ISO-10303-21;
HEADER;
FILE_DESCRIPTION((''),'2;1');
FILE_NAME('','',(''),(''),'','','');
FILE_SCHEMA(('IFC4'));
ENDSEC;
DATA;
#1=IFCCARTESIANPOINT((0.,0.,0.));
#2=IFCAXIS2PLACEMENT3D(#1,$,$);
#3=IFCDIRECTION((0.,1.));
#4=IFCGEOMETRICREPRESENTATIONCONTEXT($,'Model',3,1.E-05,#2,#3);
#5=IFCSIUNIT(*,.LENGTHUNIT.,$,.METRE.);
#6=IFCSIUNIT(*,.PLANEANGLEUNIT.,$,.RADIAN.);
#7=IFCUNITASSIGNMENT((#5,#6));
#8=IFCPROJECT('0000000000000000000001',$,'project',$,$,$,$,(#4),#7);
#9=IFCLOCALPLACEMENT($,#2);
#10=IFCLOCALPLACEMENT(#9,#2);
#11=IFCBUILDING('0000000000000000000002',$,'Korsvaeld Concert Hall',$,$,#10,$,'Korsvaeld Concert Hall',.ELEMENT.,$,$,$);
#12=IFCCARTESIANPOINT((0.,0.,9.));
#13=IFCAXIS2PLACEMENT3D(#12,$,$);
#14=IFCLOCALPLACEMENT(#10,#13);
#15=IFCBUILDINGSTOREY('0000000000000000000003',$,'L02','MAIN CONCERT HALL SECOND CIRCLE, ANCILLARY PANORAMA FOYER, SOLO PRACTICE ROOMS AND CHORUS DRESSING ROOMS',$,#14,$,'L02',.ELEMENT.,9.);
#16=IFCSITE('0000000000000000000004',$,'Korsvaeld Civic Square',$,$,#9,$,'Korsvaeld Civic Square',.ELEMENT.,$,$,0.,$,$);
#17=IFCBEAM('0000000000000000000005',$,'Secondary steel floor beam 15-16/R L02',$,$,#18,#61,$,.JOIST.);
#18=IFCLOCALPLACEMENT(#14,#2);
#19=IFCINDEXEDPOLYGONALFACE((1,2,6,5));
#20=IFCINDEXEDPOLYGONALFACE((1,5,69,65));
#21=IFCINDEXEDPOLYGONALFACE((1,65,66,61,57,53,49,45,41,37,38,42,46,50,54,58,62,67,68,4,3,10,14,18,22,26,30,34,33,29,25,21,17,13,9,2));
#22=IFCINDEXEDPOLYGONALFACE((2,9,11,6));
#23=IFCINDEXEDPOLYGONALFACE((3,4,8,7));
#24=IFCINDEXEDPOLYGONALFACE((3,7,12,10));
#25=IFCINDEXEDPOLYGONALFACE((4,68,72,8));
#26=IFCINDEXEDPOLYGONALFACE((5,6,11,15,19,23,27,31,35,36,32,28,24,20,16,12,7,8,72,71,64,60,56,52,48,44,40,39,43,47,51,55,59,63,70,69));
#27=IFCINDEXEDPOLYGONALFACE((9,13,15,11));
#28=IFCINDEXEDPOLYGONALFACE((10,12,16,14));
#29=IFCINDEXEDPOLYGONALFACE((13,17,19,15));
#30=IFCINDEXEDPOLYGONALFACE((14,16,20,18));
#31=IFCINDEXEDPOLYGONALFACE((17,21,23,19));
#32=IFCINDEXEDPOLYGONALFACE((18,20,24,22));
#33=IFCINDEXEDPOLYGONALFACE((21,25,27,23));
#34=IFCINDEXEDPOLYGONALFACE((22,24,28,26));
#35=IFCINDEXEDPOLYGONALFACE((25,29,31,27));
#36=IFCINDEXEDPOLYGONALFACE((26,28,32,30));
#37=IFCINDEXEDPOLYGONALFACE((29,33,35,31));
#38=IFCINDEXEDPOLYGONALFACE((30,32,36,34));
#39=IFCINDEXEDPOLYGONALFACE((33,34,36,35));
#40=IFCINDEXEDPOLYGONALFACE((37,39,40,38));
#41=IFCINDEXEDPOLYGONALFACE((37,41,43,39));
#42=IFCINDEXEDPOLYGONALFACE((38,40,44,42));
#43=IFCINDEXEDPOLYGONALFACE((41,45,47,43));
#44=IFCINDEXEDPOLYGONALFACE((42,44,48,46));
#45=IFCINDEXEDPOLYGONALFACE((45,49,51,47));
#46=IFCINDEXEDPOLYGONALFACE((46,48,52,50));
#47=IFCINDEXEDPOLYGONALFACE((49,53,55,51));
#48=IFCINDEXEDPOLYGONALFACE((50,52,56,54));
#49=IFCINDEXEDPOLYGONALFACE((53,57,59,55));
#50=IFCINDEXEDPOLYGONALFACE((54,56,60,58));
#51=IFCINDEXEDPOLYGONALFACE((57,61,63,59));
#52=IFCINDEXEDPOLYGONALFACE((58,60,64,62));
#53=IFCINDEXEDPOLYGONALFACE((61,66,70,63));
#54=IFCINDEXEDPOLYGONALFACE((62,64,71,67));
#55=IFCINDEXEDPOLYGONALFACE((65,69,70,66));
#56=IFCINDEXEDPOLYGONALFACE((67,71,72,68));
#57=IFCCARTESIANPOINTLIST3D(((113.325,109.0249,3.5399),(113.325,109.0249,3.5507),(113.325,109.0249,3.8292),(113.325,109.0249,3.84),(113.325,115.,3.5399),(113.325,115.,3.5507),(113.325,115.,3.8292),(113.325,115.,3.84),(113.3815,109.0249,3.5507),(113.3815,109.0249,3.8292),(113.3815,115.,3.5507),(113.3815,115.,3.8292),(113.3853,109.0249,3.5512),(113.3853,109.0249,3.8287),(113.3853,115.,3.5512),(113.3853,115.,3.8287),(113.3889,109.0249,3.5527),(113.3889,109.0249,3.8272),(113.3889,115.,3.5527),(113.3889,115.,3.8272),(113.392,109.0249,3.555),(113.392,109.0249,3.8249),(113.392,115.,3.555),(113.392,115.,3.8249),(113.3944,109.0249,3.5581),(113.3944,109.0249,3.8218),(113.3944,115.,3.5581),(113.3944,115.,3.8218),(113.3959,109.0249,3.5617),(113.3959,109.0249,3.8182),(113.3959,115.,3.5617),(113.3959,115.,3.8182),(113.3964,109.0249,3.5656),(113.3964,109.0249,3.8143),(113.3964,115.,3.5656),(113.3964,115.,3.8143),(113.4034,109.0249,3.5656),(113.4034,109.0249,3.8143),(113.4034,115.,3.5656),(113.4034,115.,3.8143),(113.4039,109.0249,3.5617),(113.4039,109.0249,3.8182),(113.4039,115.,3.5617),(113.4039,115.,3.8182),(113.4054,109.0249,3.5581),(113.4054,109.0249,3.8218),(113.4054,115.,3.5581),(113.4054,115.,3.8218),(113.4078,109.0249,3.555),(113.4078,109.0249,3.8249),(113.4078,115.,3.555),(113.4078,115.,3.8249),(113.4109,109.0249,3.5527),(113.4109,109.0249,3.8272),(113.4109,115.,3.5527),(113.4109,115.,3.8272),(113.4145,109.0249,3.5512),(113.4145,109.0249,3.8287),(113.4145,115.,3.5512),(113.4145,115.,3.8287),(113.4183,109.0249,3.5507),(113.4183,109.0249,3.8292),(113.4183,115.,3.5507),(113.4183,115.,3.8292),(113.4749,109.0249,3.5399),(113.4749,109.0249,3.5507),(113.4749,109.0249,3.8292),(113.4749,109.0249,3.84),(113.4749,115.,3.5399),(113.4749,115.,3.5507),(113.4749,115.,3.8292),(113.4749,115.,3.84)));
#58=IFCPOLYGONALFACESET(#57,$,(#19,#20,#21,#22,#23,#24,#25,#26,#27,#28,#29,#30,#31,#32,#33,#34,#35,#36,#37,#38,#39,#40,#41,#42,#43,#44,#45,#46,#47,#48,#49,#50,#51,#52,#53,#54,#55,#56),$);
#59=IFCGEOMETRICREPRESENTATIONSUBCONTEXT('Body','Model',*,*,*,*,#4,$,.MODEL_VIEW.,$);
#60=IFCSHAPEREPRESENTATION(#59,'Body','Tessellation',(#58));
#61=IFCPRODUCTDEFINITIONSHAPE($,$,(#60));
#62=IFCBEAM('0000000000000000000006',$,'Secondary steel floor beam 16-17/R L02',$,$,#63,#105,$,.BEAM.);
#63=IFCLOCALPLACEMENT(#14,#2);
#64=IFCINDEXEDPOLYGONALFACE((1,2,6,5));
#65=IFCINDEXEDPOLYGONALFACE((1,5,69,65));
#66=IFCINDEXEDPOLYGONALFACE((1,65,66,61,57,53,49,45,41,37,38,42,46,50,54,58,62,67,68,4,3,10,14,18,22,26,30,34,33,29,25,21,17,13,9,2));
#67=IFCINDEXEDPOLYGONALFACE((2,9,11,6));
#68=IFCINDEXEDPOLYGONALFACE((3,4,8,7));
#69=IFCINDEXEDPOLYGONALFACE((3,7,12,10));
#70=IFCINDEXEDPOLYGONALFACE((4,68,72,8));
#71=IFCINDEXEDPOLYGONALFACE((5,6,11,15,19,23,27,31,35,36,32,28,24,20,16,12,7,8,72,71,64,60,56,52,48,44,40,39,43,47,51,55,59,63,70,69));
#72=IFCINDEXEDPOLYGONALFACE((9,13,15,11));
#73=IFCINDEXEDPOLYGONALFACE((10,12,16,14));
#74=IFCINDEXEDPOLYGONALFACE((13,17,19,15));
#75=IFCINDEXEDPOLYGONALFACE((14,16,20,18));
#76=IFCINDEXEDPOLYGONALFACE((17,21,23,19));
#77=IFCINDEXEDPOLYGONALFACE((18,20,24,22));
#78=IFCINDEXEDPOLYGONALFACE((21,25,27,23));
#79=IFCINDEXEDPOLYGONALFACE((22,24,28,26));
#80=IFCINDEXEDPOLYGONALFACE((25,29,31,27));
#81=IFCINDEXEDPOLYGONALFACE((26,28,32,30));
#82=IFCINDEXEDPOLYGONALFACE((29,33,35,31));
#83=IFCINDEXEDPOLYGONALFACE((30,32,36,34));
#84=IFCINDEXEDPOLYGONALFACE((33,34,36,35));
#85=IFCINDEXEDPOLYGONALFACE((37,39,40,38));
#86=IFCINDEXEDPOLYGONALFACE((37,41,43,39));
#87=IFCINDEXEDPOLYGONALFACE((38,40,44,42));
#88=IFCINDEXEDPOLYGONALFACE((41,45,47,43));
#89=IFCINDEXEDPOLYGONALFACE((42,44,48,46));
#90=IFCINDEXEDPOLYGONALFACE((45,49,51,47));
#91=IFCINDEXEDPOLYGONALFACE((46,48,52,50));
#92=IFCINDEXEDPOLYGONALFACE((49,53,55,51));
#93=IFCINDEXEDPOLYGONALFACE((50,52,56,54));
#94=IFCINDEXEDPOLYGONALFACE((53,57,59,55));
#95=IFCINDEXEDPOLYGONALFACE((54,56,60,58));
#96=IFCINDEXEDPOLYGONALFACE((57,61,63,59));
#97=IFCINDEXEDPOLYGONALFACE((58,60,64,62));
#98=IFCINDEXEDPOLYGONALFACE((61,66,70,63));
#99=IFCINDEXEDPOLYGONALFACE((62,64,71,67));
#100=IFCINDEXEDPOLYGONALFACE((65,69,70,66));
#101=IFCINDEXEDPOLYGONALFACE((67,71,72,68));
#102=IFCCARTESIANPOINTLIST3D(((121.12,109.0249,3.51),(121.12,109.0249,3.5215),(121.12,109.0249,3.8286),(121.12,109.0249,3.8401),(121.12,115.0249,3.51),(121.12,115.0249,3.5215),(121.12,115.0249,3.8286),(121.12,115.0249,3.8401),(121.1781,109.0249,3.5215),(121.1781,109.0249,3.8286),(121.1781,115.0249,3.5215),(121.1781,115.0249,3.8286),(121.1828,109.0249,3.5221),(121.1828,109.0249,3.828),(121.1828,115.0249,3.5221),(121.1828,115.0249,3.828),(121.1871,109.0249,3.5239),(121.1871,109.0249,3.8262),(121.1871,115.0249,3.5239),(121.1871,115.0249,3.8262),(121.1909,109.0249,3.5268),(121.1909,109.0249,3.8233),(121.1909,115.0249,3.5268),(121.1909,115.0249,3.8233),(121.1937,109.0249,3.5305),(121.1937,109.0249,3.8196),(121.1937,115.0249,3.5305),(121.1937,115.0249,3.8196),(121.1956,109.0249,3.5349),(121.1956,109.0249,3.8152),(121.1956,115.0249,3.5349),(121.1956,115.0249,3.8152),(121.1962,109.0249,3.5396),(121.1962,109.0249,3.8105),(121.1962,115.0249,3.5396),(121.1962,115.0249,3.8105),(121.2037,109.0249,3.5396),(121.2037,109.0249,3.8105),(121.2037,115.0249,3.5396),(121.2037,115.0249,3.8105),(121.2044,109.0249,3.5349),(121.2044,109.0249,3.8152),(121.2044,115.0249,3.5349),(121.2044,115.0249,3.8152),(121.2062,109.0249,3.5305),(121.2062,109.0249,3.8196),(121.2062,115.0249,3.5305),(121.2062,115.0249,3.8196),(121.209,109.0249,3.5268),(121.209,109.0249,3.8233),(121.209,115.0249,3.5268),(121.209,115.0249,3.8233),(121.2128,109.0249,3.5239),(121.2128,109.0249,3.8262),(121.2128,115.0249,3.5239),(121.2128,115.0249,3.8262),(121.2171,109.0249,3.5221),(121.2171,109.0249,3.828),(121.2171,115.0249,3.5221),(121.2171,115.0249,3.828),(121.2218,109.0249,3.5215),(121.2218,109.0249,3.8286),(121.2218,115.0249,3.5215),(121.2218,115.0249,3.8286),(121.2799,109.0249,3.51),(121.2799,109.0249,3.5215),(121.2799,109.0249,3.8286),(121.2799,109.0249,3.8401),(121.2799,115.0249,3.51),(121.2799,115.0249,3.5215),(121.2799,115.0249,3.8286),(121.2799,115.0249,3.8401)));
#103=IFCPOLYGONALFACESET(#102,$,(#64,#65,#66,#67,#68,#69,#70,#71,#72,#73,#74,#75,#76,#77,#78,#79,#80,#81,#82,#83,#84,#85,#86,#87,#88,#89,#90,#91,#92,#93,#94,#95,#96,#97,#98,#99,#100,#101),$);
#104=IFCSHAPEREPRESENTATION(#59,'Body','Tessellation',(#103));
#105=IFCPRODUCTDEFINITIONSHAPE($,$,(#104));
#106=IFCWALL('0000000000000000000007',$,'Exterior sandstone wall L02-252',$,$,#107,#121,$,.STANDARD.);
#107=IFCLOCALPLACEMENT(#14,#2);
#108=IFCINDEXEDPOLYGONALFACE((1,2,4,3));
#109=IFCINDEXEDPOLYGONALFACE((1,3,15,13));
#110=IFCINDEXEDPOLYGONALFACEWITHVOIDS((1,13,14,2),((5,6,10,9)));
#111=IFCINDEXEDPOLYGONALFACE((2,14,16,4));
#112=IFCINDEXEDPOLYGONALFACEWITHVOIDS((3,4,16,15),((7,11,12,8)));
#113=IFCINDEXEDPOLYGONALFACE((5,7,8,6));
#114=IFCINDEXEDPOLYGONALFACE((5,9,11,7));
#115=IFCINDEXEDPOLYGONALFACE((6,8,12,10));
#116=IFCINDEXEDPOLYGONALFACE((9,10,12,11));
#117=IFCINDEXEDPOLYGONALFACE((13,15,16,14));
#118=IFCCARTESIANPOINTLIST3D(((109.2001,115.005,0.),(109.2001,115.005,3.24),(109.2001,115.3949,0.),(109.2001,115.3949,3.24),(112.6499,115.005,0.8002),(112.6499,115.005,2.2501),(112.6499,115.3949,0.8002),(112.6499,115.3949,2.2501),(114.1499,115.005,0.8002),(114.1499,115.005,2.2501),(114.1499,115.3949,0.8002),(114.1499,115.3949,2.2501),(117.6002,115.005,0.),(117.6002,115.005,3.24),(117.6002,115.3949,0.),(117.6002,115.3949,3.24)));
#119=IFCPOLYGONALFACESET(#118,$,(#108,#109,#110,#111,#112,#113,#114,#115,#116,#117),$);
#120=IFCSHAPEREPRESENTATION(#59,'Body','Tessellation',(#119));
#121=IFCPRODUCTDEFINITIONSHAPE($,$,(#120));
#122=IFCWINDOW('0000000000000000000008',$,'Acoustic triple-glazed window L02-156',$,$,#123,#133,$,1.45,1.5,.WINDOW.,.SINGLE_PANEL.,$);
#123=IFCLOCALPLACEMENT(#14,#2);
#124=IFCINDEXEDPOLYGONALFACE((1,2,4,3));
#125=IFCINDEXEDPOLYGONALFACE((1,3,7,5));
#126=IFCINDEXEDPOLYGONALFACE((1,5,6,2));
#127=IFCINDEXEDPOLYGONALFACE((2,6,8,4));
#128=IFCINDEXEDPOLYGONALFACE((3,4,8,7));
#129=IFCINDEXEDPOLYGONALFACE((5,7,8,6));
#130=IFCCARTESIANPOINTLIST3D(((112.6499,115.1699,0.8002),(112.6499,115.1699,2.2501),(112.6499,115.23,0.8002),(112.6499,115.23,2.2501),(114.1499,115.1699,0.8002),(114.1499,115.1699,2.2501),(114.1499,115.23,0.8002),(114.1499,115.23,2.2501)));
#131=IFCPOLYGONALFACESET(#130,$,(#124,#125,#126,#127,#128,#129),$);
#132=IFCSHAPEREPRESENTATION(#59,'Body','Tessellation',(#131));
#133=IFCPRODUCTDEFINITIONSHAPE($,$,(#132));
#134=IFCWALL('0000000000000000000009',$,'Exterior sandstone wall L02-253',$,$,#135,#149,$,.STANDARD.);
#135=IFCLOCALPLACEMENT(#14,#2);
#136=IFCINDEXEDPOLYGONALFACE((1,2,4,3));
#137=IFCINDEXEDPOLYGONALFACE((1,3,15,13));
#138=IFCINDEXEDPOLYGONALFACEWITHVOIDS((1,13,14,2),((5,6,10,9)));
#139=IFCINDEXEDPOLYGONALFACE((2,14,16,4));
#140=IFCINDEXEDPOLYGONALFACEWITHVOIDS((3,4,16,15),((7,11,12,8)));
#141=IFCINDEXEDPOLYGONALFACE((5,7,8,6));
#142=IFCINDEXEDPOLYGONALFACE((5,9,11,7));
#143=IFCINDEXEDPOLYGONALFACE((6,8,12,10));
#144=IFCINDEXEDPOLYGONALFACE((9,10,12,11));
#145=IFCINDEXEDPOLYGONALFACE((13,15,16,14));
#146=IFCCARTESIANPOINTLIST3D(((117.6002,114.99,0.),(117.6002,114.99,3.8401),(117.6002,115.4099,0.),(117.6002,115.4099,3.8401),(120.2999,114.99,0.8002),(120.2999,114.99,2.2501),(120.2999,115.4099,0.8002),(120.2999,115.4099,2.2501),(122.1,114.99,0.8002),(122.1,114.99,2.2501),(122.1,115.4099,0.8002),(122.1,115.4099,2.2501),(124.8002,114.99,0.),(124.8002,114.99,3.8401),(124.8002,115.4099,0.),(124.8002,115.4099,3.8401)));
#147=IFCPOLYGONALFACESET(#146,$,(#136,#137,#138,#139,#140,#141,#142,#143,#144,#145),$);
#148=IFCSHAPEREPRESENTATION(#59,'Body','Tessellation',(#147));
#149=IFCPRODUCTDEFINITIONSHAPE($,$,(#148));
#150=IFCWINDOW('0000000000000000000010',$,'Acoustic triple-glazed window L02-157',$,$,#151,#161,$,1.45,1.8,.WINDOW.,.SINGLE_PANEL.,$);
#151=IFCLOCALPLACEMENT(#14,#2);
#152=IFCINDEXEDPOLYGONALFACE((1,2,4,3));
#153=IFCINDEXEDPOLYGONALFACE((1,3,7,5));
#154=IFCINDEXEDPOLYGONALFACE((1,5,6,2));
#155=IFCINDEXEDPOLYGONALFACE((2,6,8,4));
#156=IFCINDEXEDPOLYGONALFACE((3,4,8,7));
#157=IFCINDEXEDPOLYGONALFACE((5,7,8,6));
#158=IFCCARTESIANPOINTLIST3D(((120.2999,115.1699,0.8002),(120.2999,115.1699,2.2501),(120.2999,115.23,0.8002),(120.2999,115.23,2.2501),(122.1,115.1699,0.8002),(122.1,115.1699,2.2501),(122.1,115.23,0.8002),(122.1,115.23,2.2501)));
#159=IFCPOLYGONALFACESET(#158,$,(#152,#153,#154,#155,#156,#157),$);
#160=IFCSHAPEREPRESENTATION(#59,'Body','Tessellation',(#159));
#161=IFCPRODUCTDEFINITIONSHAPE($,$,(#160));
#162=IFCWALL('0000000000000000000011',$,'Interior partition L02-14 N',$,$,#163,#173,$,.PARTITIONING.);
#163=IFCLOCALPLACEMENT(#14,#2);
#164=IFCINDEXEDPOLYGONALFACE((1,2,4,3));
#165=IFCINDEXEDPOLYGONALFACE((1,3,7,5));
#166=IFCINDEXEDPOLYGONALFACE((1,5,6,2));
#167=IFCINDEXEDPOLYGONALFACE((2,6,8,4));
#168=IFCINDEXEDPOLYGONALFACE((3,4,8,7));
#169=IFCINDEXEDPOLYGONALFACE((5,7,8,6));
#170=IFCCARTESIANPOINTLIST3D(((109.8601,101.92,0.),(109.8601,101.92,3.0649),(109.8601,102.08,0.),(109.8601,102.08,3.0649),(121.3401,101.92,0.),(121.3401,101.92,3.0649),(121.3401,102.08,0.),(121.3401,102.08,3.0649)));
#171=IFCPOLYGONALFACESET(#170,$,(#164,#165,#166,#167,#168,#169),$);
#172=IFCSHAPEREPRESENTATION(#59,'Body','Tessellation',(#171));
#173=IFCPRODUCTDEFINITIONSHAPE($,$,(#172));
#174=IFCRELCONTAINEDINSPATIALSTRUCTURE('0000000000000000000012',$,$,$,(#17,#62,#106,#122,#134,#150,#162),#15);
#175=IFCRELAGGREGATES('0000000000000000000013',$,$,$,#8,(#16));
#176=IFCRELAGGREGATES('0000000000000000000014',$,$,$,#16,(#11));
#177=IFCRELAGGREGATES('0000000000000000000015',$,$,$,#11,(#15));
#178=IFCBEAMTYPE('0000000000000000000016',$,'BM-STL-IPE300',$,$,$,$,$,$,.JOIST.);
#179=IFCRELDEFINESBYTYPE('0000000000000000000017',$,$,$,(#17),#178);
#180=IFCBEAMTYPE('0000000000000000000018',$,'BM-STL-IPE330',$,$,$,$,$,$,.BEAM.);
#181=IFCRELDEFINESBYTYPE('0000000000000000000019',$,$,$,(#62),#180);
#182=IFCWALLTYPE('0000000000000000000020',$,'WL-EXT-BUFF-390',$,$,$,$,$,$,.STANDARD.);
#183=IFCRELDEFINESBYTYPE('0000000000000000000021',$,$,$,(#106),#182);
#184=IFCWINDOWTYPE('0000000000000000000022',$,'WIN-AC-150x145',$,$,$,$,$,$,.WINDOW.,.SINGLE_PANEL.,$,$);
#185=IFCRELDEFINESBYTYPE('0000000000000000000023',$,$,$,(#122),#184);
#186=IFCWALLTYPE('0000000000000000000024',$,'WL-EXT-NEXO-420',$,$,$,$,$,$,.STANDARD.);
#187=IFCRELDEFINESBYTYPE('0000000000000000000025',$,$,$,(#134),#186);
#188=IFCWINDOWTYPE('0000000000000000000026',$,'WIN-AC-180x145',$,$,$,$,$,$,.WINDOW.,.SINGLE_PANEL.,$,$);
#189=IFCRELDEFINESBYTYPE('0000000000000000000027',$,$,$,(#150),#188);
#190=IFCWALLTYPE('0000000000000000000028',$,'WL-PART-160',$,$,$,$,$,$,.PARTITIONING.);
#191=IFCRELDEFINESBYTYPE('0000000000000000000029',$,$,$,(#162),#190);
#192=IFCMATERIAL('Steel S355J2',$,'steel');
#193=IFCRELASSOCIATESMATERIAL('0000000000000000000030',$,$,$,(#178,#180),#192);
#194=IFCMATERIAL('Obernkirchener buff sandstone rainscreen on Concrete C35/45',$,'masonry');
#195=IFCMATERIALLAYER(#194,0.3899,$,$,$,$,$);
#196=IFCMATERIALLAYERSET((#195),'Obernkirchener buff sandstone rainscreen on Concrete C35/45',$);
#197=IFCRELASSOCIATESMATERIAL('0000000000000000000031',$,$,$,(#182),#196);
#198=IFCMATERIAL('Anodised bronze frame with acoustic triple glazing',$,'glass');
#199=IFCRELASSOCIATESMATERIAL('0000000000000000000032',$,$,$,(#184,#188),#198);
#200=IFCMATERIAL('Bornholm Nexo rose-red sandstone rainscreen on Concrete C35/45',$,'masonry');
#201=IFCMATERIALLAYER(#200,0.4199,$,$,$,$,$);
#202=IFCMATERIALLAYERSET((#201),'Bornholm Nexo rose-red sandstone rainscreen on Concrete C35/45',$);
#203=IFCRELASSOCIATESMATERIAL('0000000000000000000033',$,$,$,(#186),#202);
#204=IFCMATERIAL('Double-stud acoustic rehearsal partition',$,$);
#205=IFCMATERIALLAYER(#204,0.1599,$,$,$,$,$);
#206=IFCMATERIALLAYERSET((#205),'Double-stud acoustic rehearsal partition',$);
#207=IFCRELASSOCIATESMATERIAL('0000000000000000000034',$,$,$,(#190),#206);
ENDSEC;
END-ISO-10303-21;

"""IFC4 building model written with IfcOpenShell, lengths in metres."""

from ifc_helpers import new_model, si_unit, direction, frame, frame_2d, origin, origin_2d, place, context, subcontext, project, spatial, rectangle, i_section, extrude, material, layer, layer_set, material_profile, profile_set, type_object, element, fill, save


model = new_model("IFC4")

# Units and contexts
model_context = context("Model", 3, precision=1e-05, world=origin(), true_north=direction((0.0, 1.0)))
body_context = subcontext(model_context, "Body", "Model", "MODEL_VIEW")
ifc_project = project(units=[si_unit("LENGTHUNIT", "METRE"), si_unit("PLANEANGLEUNIT", "RADIAN")], contexts=[model_context])

# Site, building, storey
site_placement = place(None, origin())
site = spatial("IfcSite", under=ifc_project, at=site_placement, Name="Korsvaeld Civic Square", LongName="Korsvaeld Civic Square", CompositionType="ELEMENT", RefElevation=0.0)
building_placement = place(site_placement, origin())
building = spatial("IfcBuilding", under=site, at=building_placement, Name="Korsvaeld Concert Hall", LongName="Korsvaeld Concert Hall", CompositionType="ELEMENT")
storey_placement = place(building_placement, frame((0.0, 0.0, 9.0)))
storey = spatial("IfcBuildingStorey", under=building, at=storey_placement, Name="L02", Description="MAIN CONCERT HALL SECOND CIRCLE, ANCILLARY PANORAMA FOYER, SOLO PRACTICE ROOMS AND CHORUS DRESSING ROOMS", LongName="L02", CompositionType="ELEMENT", Elevation=9.0)

# Beams
ifc_material_1 = material(Name="Steel S355J2", Category="steel")
ifc_material_profile_1 = material_profile(ifc_material_1, i_section(OverallWidth=0.1499, OverallDepth=0.3, WebThickness=0.0071, FlangeThickness=0.0107, FilletRadius=0.0149, at=origin_2d()), Name="IPE 300")
ifc_profile_set_1 = profile_set([ifc_material_profile_1], Name="Steel S355J2")
beam_type_1 = type_object("IfcBeamType", Name="BM-STL-IPE300", PredefinedType="JOIST", material=ifc_profile_set_1)
beam_1_placement = place(storey_placement, frame((113.3999, 109.0249, 3.6899), z_axis=(0.0, 1.0, 0.0), x_axis=(-1.0, 0.0, 0.0)))
element("IfcBeam", 1, at=beam_1_placement, inside=storey, type_object=beam_type_1, Name="Secondary steel floor beam 15-16/R L02", PredefinedType="JOIST", context=body_context, shape_type="SweptSolid", body=[
    extrude(i_section(OverallWidth=0.1499, OverallDepth=0.3, WebThickness=0.0071, FlangeThickness=0.0107, FilletRadius=0.0149, at=origin_2d()), origin(), (0.0, 0.0, 1.0), 5.9751),
])
ifc_material_profile_2 = material_profile(ifc_material_1, i_section(OverallWidth=0.1599, OverallDepth=0.3301, WebThickness=0.0076, FlangeThickness=0.0115, FilletRadius=0.0181, at=origin_2d()), Name="IPE 330")
ifc_profile_set_2 = profile_set([ifc_material_profile_2], Name="Steel S355J2")
beam_type_2 = type_object("IfcBeamType", Name="BM-STL-IPE330", PredefinedType="BEAM", material=ifc_profile_set_2)
beam_2_placement = place(storey_placement, frame((121.2, 109.0249, 3.675), z_axis=(0.0, 1.0, 0.0), x_axis=(-1.0, 0.0, 0.0)))
element("IfcBeam", 2, at=beam_2_placement, inside=storey, type_object=beam_type_2, Name="Secondary steel floor beam 16-17/R L02", PredefinedType="BEAM", context=body_context, shape_type="SweptSolid", body=[
    extrude(i_section(OverallWidth=0.1599, OverallDepth=0.3301, WebThickness=0.0076, FlangeThickness=0.0115, FilletRadius=0.0181, at=origin_2d()), origin(), (0.0, 0.0, 1.0), 6.0),
])

# Walls, openings, windows
ifc_material_2 = material(Name="Obernkirchener buff sandstone rainscreen on Concrete C35/45", Category="masonry")
ifc_layer_1 = layer(ifc_material_2, 0.3899)
ifc_layer_set_1 = layer_set([ifc_layer_1], Name="Obernkirchener buff sandstone rainscreen on Concrete C35/45")
wall_type_1 = type_object("IfcWallType", Name="WL-EXT-BUFF-390", PredefinedType="STANDARD", material=ifc_layer_set_1)
wall_1_placement = place(storey_placement, frame((109.2, 115.2, 0.0), z_axis=(0.0, 0.0, 1.0), x_axis=(1.0, 0.0, 0.0)))
wall_1 = element("IfcWall", 3, at=wall_1_placement, inside=storey, type_object=wall_type_1, Name="Exterior sandstone wall L02-252", PredefinedType="STANDARD", context=body_context, shape_type="SweptSolid", body=[
    extrude(rectangle(XDim=8.4001, YDim=0.3899, at=frame_2d((4.2002, 0.0))), origin(), (0.0, 0.0, 1.0), 3.24),
])
opening_1_placement = place(wall_1_placement, frame((3.45, 0.0, 0.8)))
opening_1 = element("IfcOpeningElement", 4, at=opening_1_placement, cuts=wall_1, PredefinedType="OPENING", context=body_context, shape_type="SweptSolid", body=[
    extrude(rectangle(XDim=1.5, YDim=1.45, at=frame_2d((0.75, 0.7251))), frame((0.0, 0.2051, 0.0), z_axis=(0.0, -1.0, 0.0), x_axis=(1.0, 0.0, 0.0)), (0.0, 0.0, 1.0), 0.4099),
])
ifc_material_3 = material(Name="Anodised bronze frame with acoustic triple glazing", Category="glass")
window_type_1 = type_object("IfcWindowType", Name="WIN-AC-150x145", PartitioningType="SINGLE_PANEL", PredefinedType="WINDOW", material=ifc_material_3)
window_1_placement = place(opening_1_placement, origin())
window_1 = element("IfcWindow", 5, at=window_1_placement, inside=storey, type_object=window_type_1, Name="Acoustic triple-glazed window L02-156", OverallHeight=1.45, OverallWidth=1.5, PartitioningType="SINGLE_PANEL", PredefinedType="WINDOW", context=body_context, shape_type="SweptSolid", body=[
    extrude(rectangle(XDim=1.5, YDim=1.45, at=frame_2d((0.75, 0.7251))), frame((0.0, 0.03, 0.0), z_axis=(0.0, -1.0, 0.0), x_axis=(1.0, 0.0, 0.0)), (0.0, 0.0, 1.0), 0.0601),
])
fill(opening_1, window_1)
ifc_material_4 = material(Name="Bornholm Nexo rose-red sandstone rainscreen on Concrete C35/45", Category="masonry")
ifc_layer_2 = layer(ifc_material_4, 0.4199)
ifc_layer_set_2 = layer_set([ifc_layer_2], Name="Bornholm Nexo rose-red sandstone rainscreen on Concrete C35/45")
wall_type_2 = type_object("IfcWallType", Name="WL-EXT-NEXO-420", PredefinedType="STANDARD", material=ifc_layer_set_2)
wall_2_placement = place(storey_placement, frame((117.6001, 115.2, 0.0), z_axis=(0.0, 0.0, 1.0), x_axis=(1.0, 0.0, 0.0)))
wall_2 = element("IfcWall", 6, at=wall_2_placement, inside=storey, type_object=wall_type_2, Name="Exterior sandstone wall L02-253", PredefinedType="STANDARD", context=body_context, shape_type="SweptSolid", body=[
    extrude(rectangle(XDim=7.2, YDim=0.4199, at=frame_2d((3.6001, 0.0))), origin(), (0.0, 0.0, 1.0), 3.8401),
])
opening_2_placement = place(wall_2_placement, frame((2.7, 0.0, 0.8)))
opening_2 = element("IfcOpeningElement", 7, at=opening_2_placement, cuts=wall_2, PredefinedType="OPENING", context=body_context, shape_type="SweptSolid", body=[
    extrude(rectangle(XDim=1.8, YDim=1.45, at=frame_2d((0.8999, 0.7251))), frame((0.0, 0.22, 0.0), z_axis=(0.0, -1.0, 0.0), x_axis=(1.0, 0.0, 0.0)), (0.0, 0.0, 1.0), 0.4399),
])
window_type_2 = type_object("IfcWindowType", Name="WIN-AC-180x145", PartitioningType="SINGLE_PANEL", PredefinedType="WINDOW", material=ifc_material_3)
window_2_placement = place(opening_2_placement, origin())
window_2 = element("IfcWindow", 8, at=window_2_placement, inside=storey, type_object=window_type_2, Name="Acoustic triple-glazed window L02-157", OverallHeight=1.45, OverallWidth=1.8, PartitioningType="SINGLE_PANEL", PredefinedType="WINDOW", context=body_context, shape_type="SweptSolid", body=[
    extrude(rectangle(XDim=1.8, YDim=1.45, at=frame_2d((0.8999, 0.7251))), frame((0.0, 0.03, 0.0), z_axis=(0.0, -1.0, 0.0), x_axis=(1.0, 0.0, 0.0)), (0.0, 0.0, 1.0), 0.0601),
])
fill(opening_2, window_2)

# Wall
ifc_material_5 = material(Name="Double-stud acoustic rehearsal partition")
ifc_layer_3 = layer(ifc_material_5, 0.1599)
ifc_layer_set_3 = layer_set([ifc_layer_3], Name="Double-stud acoustic rehearsal partition")
wall_type_3 = type_object("IfcWallType", Name="WL-PART-160", PredefinedType="PARTITIONING", material=ifc_layer_set_3)
wall_3_placement = place(storey_placement, frame((121.3401, 102.0, 0.0), z_axis=(0.0, 0.0, 1.0), x_axis=(-1.0, 0.0, 0.0)))
element("IfcWall", 9, at=wall_3_placement, inside=storey, type_object=wall_type_3, Name="Interior partition L02-14 N", PredefinedType="PARTITIONING", context=body_context, shape_type="SweptSolid", body=[
    extrude(rectangle(XDim=11.48, YDim=0.1599, at=frame_2d((5.74, 0.0))), origin(), (0.0, 0.0, 1.0), 3.0649),
])

save(model, "model.ifc")
